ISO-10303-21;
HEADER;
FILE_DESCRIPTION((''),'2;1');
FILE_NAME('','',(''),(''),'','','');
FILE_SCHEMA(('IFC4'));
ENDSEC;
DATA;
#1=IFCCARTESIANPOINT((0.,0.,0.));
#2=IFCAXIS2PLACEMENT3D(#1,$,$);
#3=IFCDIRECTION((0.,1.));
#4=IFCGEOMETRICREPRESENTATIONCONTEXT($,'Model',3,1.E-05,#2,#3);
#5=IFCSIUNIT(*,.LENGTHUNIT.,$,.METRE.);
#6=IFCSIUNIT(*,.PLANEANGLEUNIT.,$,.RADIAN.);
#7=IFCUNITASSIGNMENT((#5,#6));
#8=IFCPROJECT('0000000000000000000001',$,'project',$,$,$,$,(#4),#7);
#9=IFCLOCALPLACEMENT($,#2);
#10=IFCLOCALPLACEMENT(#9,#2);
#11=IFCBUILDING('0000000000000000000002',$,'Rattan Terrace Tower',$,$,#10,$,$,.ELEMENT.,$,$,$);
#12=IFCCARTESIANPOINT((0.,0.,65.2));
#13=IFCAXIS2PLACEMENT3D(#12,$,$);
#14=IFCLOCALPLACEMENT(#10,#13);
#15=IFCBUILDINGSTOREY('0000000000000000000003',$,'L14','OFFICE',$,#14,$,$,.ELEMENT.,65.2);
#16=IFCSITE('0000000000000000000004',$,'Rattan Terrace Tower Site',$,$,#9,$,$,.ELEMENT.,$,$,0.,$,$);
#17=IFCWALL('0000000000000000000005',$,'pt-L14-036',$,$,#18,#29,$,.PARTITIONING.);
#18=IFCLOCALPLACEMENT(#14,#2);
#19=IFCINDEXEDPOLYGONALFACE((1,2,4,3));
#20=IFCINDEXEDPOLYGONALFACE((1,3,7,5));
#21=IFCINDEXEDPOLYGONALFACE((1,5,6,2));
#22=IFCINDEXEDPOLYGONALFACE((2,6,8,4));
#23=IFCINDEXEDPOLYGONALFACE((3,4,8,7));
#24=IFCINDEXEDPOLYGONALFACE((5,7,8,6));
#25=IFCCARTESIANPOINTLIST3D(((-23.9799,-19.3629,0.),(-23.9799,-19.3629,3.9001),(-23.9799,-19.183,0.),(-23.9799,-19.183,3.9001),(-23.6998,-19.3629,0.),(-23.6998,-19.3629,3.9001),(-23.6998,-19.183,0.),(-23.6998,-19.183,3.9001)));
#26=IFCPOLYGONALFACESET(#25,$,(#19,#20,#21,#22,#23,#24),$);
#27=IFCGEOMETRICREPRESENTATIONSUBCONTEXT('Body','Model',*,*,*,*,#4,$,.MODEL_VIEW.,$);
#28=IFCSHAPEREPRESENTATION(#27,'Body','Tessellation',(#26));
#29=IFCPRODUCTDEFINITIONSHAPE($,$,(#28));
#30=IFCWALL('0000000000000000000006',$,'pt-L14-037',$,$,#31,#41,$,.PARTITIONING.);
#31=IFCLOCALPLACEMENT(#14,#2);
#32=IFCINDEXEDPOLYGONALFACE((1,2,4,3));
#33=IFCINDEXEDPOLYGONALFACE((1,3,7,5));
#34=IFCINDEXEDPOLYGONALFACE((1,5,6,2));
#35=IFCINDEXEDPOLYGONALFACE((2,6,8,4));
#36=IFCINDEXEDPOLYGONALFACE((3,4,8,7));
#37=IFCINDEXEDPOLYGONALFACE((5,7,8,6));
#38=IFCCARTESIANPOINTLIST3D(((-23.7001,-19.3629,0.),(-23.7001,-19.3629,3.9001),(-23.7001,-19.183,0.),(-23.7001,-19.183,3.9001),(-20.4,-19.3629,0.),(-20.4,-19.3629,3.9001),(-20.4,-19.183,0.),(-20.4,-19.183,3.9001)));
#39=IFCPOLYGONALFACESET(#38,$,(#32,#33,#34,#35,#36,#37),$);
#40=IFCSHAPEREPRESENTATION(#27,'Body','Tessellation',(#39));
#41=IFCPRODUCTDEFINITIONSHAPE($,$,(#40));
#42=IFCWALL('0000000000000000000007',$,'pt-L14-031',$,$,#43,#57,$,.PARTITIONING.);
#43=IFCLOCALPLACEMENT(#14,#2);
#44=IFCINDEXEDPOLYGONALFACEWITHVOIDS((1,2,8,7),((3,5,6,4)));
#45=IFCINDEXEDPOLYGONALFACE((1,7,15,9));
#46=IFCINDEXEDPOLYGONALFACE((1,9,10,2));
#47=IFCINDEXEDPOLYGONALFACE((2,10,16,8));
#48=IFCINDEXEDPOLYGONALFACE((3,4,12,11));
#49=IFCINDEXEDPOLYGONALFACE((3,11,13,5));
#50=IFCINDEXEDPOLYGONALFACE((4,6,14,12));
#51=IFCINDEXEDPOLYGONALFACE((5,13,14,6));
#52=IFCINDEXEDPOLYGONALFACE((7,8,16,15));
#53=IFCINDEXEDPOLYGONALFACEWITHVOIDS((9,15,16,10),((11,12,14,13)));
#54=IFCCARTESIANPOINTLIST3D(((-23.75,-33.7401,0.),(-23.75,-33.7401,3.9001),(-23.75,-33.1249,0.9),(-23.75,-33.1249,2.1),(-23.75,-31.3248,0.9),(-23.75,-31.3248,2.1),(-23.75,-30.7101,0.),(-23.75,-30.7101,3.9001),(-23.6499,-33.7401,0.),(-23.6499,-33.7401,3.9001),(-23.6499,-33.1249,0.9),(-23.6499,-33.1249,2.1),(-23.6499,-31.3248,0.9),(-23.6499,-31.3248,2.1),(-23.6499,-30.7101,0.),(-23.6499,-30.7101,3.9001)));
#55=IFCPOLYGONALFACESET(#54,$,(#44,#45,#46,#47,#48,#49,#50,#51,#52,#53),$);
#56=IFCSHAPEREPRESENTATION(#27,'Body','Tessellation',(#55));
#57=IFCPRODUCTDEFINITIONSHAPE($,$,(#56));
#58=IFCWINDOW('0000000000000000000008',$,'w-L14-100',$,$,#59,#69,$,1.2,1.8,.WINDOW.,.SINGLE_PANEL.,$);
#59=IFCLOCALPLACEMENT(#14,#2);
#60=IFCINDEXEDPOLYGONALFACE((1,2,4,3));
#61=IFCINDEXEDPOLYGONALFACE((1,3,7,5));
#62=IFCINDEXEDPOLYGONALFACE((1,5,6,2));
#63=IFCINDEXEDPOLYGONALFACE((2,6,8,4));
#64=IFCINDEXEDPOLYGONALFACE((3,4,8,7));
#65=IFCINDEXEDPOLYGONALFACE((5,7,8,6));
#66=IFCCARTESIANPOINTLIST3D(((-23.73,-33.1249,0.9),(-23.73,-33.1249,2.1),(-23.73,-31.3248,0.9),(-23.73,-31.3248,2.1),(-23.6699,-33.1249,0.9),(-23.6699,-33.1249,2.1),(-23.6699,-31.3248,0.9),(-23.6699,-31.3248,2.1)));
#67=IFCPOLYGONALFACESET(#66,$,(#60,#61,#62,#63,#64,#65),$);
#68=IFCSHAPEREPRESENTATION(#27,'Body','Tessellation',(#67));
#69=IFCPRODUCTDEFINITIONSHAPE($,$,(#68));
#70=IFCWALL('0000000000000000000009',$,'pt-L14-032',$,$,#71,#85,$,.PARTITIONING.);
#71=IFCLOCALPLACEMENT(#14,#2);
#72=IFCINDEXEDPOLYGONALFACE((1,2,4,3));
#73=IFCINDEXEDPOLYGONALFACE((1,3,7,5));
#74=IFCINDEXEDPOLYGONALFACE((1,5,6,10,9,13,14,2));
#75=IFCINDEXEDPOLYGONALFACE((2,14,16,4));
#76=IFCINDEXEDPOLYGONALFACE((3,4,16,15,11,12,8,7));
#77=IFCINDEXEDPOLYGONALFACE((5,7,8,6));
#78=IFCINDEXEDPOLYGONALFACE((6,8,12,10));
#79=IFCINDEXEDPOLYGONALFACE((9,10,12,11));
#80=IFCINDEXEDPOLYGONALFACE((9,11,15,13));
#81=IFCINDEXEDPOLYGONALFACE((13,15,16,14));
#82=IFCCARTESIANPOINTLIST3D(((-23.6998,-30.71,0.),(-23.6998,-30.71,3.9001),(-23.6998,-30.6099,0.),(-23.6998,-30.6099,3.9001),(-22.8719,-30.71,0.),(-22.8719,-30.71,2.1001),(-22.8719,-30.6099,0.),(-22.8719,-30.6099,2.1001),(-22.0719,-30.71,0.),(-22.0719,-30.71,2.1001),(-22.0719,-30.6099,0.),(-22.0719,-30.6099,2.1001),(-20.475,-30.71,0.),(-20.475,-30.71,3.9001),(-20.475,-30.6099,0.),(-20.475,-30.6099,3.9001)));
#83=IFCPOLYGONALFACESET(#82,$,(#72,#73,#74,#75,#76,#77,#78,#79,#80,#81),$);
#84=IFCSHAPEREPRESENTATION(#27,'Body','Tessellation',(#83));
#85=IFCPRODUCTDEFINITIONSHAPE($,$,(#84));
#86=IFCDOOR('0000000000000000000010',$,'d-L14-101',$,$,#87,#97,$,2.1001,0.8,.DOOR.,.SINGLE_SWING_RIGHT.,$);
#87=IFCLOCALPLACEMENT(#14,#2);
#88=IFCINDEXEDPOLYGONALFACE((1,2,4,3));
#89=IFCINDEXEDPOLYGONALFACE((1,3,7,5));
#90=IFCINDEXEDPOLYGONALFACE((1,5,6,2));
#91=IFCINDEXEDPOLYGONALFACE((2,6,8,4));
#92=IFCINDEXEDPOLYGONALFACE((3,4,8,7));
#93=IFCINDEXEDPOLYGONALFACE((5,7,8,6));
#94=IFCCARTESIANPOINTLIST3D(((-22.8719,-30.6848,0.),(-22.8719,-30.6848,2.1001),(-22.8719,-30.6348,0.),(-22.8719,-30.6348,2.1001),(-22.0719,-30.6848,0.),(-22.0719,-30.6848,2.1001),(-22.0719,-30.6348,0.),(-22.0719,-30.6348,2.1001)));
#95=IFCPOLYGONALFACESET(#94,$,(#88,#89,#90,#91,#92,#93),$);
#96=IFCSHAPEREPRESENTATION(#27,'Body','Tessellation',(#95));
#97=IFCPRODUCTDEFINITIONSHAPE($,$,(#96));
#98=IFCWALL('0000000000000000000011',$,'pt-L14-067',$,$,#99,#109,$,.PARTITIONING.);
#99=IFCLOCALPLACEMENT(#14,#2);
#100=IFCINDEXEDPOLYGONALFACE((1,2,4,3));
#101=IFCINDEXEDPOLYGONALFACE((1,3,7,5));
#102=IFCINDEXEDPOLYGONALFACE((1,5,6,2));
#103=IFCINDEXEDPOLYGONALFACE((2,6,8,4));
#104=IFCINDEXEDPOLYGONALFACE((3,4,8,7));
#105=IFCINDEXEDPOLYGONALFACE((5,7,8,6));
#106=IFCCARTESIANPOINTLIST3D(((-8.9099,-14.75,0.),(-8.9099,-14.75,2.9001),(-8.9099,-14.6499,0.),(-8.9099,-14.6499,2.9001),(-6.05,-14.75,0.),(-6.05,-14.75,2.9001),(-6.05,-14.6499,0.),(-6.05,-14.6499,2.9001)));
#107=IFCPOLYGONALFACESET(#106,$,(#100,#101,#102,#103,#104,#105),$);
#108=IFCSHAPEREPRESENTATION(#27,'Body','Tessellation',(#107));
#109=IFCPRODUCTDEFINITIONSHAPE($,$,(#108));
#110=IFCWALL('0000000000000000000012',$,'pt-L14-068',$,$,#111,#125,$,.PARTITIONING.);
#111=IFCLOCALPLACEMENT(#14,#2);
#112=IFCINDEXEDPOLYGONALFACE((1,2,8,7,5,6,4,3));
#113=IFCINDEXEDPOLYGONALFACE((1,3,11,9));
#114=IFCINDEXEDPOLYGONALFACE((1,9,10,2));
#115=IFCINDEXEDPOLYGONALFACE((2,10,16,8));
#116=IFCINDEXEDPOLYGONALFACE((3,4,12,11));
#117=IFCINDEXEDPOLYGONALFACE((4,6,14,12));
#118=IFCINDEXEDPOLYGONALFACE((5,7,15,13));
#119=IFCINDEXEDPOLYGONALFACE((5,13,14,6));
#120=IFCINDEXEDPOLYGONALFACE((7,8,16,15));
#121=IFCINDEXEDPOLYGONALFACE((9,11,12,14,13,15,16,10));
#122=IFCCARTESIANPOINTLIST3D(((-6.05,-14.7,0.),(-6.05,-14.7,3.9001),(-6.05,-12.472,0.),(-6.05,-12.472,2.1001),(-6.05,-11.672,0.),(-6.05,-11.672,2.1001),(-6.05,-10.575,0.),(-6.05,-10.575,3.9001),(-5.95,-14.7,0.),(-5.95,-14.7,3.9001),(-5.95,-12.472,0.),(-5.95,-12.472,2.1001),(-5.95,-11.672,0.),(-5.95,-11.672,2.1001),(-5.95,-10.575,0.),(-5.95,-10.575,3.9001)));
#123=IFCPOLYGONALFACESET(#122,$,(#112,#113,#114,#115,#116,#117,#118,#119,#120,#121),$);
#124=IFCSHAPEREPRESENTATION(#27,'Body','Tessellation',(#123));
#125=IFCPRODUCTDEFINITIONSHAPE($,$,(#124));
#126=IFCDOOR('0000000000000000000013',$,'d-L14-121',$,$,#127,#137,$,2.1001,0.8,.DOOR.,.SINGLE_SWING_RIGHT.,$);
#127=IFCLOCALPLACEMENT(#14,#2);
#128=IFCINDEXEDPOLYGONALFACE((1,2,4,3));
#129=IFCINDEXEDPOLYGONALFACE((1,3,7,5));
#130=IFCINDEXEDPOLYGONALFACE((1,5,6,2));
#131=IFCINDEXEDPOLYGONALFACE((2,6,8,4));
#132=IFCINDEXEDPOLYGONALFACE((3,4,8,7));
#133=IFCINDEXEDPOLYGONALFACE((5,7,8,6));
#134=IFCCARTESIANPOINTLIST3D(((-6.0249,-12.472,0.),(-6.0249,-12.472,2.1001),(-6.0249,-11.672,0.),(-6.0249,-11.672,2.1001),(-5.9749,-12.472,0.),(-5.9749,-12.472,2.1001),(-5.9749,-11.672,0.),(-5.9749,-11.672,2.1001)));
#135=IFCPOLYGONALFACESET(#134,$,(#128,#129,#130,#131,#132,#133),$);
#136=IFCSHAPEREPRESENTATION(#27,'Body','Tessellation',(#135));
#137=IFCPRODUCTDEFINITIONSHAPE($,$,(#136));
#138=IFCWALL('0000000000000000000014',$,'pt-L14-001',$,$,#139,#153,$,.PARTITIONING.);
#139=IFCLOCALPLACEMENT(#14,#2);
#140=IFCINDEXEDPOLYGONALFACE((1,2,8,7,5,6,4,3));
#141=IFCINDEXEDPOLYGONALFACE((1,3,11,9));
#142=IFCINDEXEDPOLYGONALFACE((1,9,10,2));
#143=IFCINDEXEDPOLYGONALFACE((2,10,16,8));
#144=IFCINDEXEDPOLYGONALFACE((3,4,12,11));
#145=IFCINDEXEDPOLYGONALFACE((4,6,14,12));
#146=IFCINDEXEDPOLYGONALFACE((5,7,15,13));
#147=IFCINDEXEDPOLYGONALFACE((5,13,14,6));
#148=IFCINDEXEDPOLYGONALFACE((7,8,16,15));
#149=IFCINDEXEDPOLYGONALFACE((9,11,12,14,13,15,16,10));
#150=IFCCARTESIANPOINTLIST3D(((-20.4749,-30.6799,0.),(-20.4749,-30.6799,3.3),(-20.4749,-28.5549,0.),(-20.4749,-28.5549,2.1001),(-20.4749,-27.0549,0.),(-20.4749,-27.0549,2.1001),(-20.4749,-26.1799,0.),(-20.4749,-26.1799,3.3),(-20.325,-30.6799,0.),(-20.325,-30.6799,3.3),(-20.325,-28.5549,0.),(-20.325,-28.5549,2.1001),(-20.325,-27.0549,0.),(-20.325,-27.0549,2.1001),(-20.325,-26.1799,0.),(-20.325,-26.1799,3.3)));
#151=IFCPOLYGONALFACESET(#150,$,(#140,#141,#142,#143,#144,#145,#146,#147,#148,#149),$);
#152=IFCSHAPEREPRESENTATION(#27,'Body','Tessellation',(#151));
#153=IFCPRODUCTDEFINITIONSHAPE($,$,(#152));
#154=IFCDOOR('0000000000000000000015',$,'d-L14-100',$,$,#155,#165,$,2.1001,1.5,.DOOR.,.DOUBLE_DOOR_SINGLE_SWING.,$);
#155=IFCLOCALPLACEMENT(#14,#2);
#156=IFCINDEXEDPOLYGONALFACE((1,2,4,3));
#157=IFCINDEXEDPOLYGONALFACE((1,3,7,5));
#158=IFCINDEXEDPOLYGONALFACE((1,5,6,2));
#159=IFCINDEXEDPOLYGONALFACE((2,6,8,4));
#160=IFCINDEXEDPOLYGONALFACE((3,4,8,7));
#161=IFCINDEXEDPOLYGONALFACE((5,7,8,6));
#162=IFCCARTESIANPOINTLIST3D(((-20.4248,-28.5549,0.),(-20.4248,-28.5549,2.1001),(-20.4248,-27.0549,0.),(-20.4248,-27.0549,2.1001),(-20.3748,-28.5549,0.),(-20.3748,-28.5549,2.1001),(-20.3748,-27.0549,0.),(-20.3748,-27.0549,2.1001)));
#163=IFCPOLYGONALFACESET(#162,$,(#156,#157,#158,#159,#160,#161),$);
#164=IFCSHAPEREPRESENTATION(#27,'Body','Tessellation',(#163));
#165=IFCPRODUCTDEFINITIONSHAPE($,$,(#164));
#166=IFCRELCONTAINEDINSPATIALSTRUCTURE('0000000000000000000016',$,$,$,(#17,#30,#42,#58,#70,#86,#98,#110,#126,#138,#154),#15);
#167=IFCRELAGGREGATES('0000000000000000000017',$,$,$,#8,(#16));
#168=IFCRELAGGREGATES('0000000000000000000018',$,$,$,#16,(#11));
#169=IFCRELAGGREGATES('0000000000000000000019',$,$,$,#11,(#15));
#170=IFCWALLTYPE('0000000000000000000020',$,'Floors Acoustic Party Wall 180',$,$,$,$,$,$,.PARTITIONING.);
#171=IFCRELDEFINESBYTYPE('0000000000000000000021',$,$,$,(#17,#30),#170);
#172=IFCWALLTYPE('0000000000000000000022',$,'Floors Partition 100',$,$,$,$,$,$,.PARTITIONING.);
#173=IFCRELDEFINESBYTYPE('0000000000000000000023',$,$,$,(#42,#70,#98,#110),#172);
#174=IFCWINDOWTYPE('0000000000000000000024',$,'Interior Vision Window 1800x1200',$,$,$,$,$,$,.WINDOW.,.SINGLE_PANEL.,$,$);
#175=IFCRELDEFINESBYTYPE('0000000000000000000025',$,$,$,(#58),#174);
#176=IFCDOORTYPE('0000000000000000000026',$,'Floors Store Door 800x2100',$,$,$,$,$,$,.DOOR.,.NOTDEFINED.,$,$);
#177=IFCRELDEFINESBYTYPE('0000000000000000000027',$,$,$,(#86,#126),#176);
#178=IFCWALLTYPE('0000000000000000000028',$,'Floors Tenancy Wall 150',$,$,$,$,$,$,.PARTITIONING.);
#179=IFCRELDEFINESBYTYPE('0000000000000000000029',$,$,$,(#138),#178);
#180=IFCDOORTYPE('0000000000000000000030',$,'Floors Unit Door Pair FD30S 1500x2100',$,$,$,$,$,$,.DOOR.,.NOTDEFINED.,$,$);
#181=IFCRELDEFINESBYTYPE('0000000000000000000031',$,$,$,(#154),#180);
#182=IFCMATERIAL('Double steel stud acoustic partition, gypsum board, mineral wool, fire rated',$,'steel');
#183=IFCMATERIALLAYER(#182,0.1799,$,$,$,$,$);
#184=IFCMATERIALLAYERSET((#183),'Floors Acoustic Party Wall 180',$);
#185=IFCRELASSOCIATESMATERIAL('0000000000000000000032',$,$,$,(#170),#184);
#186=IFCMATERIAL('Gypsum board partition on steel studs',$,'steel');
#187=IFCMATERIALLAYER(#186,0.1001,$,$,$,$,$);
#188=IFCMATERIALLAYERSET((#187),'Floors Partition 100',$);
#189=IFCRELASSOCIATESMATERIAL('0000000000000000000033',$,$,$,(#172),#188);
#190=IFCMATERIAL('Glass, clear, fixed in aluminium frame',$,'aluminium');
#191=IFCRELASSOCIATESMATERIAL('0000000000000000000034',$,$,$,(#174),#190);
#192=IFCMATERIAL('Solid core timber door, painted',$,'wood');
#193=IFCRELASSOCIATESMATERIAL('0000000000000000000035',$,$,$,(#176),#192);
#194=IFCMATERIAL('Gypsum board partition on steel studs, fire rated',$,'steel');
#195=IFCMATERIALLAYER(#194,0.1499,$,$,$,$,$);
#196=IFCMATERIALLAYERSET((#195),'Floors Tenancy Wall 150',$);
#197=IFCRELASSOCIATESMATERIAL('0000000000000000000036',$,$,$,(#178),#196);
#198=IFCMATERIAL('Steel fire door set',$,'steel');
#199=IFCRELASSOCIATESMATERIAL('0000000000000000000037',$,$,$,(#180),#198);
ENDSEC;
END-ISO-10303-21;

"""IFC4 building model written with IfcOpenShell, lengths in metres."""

from ifc_helpers import new_model, si_unit, direction, frame, frame_2d, origin, place, context, subcontext, project, spatial, rectangle, extrude, material, layer, layer_set, type_object, element, fill, save


model = new_model("IFC4")

# Units and contexts
model_context = context("Model", 3, precision=1e-05, world=origin(), true_north=direction((0.0, 1.0)))
body_context = subcontext(model_context, "Body", "Model", "MODEL_VIEW")
ifc_project = project(units=[si_unit("LENGTHUNIT", "METRE"), si_unit("PLANEANGLEUNIT", "RADIAN")], contexts=[model_context])

# Site, building, storey
site_placement = place(None, origin())
site = spatial("IfcSite", under=ifc_project, at=site_placement, Name="Rattan Terrace Tower Site", CompositionType="ELEMENT", RefElevation=0.0)
building_placement = place(site_placement, origin())
building = spatial("IfcBuilding", under=site, at=building_placement, Name="Rattan Terrace Tower", CompositionType="ELEMENT")
storey_placement = place(building_placement, frame((0.0, 0.0, 65.2)))
storey = spatial("IfcBuildingStorey", under=building, at=storey_placement, Name="L14", Description="OFFICE", CompositionType="ELEMENT", Elevation=65.2)

# Walls
ifc_material_1 = material(Name="Double steel stud acoustic partition, gypsum board, mineral wool, fire rated", Category="steel")
ifc_layer_1 = layer(ifc_material_1, 0.1799)
ifc_layer_set_1 = layer_set([ifc_layer_1], Name="Floors Acoustic Party Wall 180")
wall_type_1 = type_object("IfcWallType", Name="Floors Acoustic Party Wall 180", PredefinedType="PARTITIONING", material=ifc_layer_set_1)
wall_1_placement = place(storey_placement, frame((-23.98, -19.2729, 0.0), z_axis=(0.0, 0.0, 1.0), x_axis=(1.0, 0.0, 0.0)))
element("IfcWall", 1, at=wall_1_placement, inside=storey, type_object=wall_type_1, Name="pt-L14-036", PredefinedType="PARTITIONING", context=body_context, shape_type="SweptSolid", body=[
    extrude(rectangle(XDim=0.28, YDim=0.1799, at=frame_2d((0.1401, 0.0))), origin(), (0.0, 0.0, 1.0), 3.9001),
])
wall_2_placement = place(storey_placement, frame((-23.7, -19.2729, 0.0), z_axis=(0.0, 0.0, 1.0), x_axis=(1.0, 0.0, 0.0)))
element("IfcWall", 2, at=wall_2_placement, inside=storey, type_object=wall_type_1, Name="pt-L14-037", PredefinedType="PARTITIONING", context=body_context, shape_type="SweptSolid", body=[
    extrude(rectangle(XDim=3.3, YDim=0.1799, at=frame_2d((1.6499, 0.0))), origin(), (0.0, 0.0, 1.0), 3.9001),
])

# Wall, opening, window
ifc_material_2 = material(Name="Gypsum board partition on steel studs", Category="steel")
ifc_layer_2 = layer(ifc_material_2, 0.1001)
ifc_layer_set_2 = layer_set([ifc_layer_2], Name="Floors Partition 100")
wall_type_2 = type_object("IfcWallType", Name="Floors Partition 100", PredefinedType="PARTITIONING", material=ifc_layer_set_2)
wall_3_placement = place(storey_placement, frame((-23.7, -30.71, 0.0), z_axis=(0.0, 0.0, 1.0), x_axis=(0.0, -1.0, 0.0)))
wall_3 = element("IfcWall", 3, at=wall_3_placement, inside=storey, type_object=wall_type_2, Name="pt-L14-031", PredefinedType="PARTITIONING", context=body_context, shape_type="SweptSolid", body=[
    extrude(rectangle(XDim=3.03, YDim=0.1001, at=frame_2d((1.5151, 0.0))), origin(), (0.0, 0.0, 1.0), 3.9001),
])
opening_1_placement = place(wall_3_placement, frame((0.615, 0.0, 0.8999)))
opening_1 = element("IfcOpeningElement", 4, at=opening_1_placement, cuts=wall_3, PredefinedType="OPENING", context=body_context, shape_type="SweptSolid", body=[
    extrude(rectangle(XDim=1.8, YDim=1.2, at=frame_2d((0.8999, 0.6001))), frame((0.0, 0.0605, 0.0), z_axis=(0.0, -1.0, 0.0), x_axis=(1.0, 0.0, 0.0)), (0.0, 0.0, 1.0), 0.1211),
])
ifc_material_3 = material(Name="Glass, clear, fixed in aluminium frame", Category="aluminium")
window_type = type_object("IfcWindowType", Name="Interior Vision Window 1800x1200", PartitioningType="SINGLE_PANEL", PredefinedType="WINDOW", material=ifc_material_3)
window_placement = place(opening_1_placement, origin())
window = element("IfcWindow", 5, at=window_placement, inside=storey, type_object=window_type, Name="w-L14-100", OverallHeight=1.2, OverallWidth=1.8, PartitioningType="SINGLE_PANEL", PredefinedType="WINDOW", context=body_context, shape_type="SweptSolid", body=[
    extrude(rectangle(XDim=1.8, YDim=1.2, at=frame_2d((0.8999, 0.6001))), frame((0.0, 0.03, 0.0), z_axis=(0.0, -1.0, 0.0), x_axis=(1.0, 0.0, 0.0)), (0.0, 0.0, 1.0), 0.0601),
])
fill(opening_1, window)

# Wall, opening, door
wall_4_placement = place(storey_placement, frame((-20.4751, -30.6599, 0.0), z_axis=(0.0, 0.0, 1.0), x_axis=(-1.0, 0.0, 0.0)))
wall_4 = element("IfcWall", 6, at=wall_4_placement, inside=storey, type_object=wall_type_2, Name="pt-L14-032", PredefinedType="PARTITIONING", context=body_context, shape_type="SweptSolid", body=[
    extrude(rectangle(XDim=3.2249, YDim=0.1001, at=frame_2d((1.6123, 0.0))), origin(), (0.0, 0.0, 1.0), 3.9001),
])
opening_2_placement = place(wall_4_placement, frame((1.5969, 0.0, 0.0)))
opening_2 = element("IfcOpeningElement", 7, at=opening_2_placement, cuts=wall_4, PredefinedType="OPENING", context=body_context, shape_type="SweptSolid", body=[
    extrude(rectangle(XDim=0.8, YDim=2.1001, at=frame_2d((0.3999, 1.05))), frame((0.0, 0.0605, 0.0), z_axis=(0.0, -1.0, 0.0), x_axis=(1.0, 0.0, 0.0)), (0.0, 0.0, 1.0), 0.1211),
])
ifc_material_4 = material(Name="Solid core timber door, painted", Category="wood")
door_type_1 = type_object("IfcDoorType", Name="Floors Store Door 800x2100", OperationType="NOTDEFINED", PredefinedType="DOOR", material=ifc_material_4)
door_1_placement = place(opening_2_placement, origin())
door_1 = element("IfcDoor", 8, at=door_1_placement, inside=storey, type_object=door_type_1, Name="d-L14-101", OperationType="SINGLE_SWING_RIGHT", OverallHeight=2.1001, OverallWidth=0.8, PredefinedType="DOOR", context=body_context, shape_type="SweptSolid", body=[
    extrude(rectangle(XDim=0.8, YDim=2.1001, at=frame_2d((0.3999, 1.05))), frame((0.0, 0.0249, 0.0), z_axis=(0.0, -1.0, 0.0), x_axis=(1.0, 0.0, 0.0)), (0.0, 0.0, 1.0), 0.05),
])
fill(opening_2, door_1)

# Wall
wall_5_placement = place(storey_placement, frame((-8.9099, -14.7, 0.0), z_axis=(0.0, 0.0, 1.0), x_axis=(1.0, 0.0, 0.0)))
element("IfcWall", 9, at=wall_5_placement, inside=storey, type_object=wall_type_2, Name="pt-L14-067", PredefinedType="PARTITIONING", context=body_context, shape_type="SweptSolid", body=[
    extrude(rectangle(XDim=2.8599, YDim=0.1001, at=frame_2d((1.4299, 0.0))), origin(), (0.0, 0.0, 1.0), 2.9001),
])

# Walls, openings, doors
wall_6_placement = place(storey_placement, frame((-6.0, -14.7, 0.0), z_axis=(0.0, 0.0, 1.0), x_axis=(0.0, 1.0, 0.0)))
wall_6 = element("IfcWall", 10, at=wall_6_placement, inside=storey, type_object=wall_type_2, Name="pt-L14-068", PredefinedType="PARTITIONING", context=body_context, shape_type="SweptSolid", body=[
    extrude(rectangle(XDim=4.125, YDim=0.1001, at=frame_2d((2.0625, 0.0))), origin(), (0.0, 0.0, 1.0), 3.9001),
])
opening_3_placement = place(wall_6_placement, frame((2.228, 0.0, 0.0)))
opening_3 = element("IfcOpeningElement", 11, at=opening_3_placement, cuts=wall_6, PredefinedType="OPENING", context=body_context, shape_type="SweptSolid", body=[
    extrude(rectangle(XDim=0.8, YDim=2.1001, at=frame_2d((0.3999, 1.05))), frame((0.0, 0.0605, 0.0), z_axis=(0.0, -1.0, 0.0), x_axis=(1.0, 0.0, 0.0)), (0.0, 0.0, 1.0), 0.1211),
])
door_2_placement = place(opening_3_placement, origin())
door_2 = element("IfcDoor", 12, at=door_2_placement, inside=storey, type_object=door_type_1, Name="d-L14-121", OperationType="SINGLE_SWING_RIGHT", OverallHeight=2.1001, OverallWidth=0.8, PredefinedType="DOOR", context=body_context, shape_type="SweptSolid", body=[
    extrude(rectangle(XDim=0.8, YDim=2.1001, at=frame_2d((0.3999, 1.05))), frame((0.0, 0.0249, 0.0), z_axis=(0.0, -1.0, 0.0), x_axis=(1.0, 0.0, 0.0)), (0.0, 0.0, 1.0), 0.05),
])
fill(opening_3, door_2)
ifc_material_5 = material(Name="Gypsum board partition on steel studs, fire rated", Category="steel")
ifc_layer_3 = layer(ifc_material_5, 0.1499)
ifc_layer_set_3 = layer_set([ifc_layer_3], Name="Floors Tenancy Wall 150")
wall_type_3 = type_object("IfcWallType", Name="Floors Tenancy Wall 150", PredefinedType="PARTITIONING", material=ifc_layer_set_3)
wall_7_placement = place(storey_placement, frame((-20.3999, -30.6799, 0.0), z_axis=(0.0, 0.0, 1.0), x_axis=(0.0, 1.0, 0.0)))
wall_7 = element("IfcWall", 13, at=wall_7_placement, inside=storey, type_object=wall_type_3, Name="pt-L14-001", PredefinedType="PARTITIONING", context=body_context, shape_type="SweptSolid", body=[
    extrude(rectangle(XDim=4.5, YDim=0.1499, at=frame_2d((2.25, 0.0))), origin(), (0.0, 0.0, 1.0), 3.3),
])
opening_4_placement = place(wall_7_placement, frame((2.125, 0.0, 0.0)))
opening_4 = element("IfcOpeningElement", 14, at=opening_4_placement, cuts=wall_7, PredefinedType="OPENING", context=body_context, shape_type="SweptSolid", body=[
    extrude(rectangle(XDim=1.5, YDim=2.1001, at=frame_2d((0.75, 1.05))), frame((0.0, 0.0854, 0.0), z_axis=(0.0, -1.0, 0.0), x_axis=(1.0, 0.0, 0.0)), (0.0, 0.0, 1.0), 0.1709),
])
ifc_material_6 = material(Name="Steel fire door set", Category="steel")
door_type_2 = type_object("IfcDoorType", Name="Floors Unit Door Pair FD30S 1500x2100", OperationType="NOTDEFINED", PredefinedType="DOOR", material=ifc_material_6)
door_3_placement = place(opening_4_placement, origin())
door_3 = element("IfcDoor", 15, at=door_3_placement, inside=storey, type_object=door_type_2, Name="d-L14-100", OperationType="DOUBLE_DOOR_SINGLE_SWING", OverallHeight=2.1001, OverallWidth=1.5, PredefinedType="DOOR", context=body_context, shape_type="SweptSolid", body=[
    extrude(rectangle(XDim=1.5, YDim=2.1001, at=frame_2d((0.75, 1.05))), frame((0.0, 0.0249, 0.0), z_axis=(0.0, -1.0, 0.0), x_axis=(1.0, 0.0, 0.0)), (0.0, 0.0, 1.0), 0.05),
])
fill(opening_4, door_3)

save(model, "model.ifc")
